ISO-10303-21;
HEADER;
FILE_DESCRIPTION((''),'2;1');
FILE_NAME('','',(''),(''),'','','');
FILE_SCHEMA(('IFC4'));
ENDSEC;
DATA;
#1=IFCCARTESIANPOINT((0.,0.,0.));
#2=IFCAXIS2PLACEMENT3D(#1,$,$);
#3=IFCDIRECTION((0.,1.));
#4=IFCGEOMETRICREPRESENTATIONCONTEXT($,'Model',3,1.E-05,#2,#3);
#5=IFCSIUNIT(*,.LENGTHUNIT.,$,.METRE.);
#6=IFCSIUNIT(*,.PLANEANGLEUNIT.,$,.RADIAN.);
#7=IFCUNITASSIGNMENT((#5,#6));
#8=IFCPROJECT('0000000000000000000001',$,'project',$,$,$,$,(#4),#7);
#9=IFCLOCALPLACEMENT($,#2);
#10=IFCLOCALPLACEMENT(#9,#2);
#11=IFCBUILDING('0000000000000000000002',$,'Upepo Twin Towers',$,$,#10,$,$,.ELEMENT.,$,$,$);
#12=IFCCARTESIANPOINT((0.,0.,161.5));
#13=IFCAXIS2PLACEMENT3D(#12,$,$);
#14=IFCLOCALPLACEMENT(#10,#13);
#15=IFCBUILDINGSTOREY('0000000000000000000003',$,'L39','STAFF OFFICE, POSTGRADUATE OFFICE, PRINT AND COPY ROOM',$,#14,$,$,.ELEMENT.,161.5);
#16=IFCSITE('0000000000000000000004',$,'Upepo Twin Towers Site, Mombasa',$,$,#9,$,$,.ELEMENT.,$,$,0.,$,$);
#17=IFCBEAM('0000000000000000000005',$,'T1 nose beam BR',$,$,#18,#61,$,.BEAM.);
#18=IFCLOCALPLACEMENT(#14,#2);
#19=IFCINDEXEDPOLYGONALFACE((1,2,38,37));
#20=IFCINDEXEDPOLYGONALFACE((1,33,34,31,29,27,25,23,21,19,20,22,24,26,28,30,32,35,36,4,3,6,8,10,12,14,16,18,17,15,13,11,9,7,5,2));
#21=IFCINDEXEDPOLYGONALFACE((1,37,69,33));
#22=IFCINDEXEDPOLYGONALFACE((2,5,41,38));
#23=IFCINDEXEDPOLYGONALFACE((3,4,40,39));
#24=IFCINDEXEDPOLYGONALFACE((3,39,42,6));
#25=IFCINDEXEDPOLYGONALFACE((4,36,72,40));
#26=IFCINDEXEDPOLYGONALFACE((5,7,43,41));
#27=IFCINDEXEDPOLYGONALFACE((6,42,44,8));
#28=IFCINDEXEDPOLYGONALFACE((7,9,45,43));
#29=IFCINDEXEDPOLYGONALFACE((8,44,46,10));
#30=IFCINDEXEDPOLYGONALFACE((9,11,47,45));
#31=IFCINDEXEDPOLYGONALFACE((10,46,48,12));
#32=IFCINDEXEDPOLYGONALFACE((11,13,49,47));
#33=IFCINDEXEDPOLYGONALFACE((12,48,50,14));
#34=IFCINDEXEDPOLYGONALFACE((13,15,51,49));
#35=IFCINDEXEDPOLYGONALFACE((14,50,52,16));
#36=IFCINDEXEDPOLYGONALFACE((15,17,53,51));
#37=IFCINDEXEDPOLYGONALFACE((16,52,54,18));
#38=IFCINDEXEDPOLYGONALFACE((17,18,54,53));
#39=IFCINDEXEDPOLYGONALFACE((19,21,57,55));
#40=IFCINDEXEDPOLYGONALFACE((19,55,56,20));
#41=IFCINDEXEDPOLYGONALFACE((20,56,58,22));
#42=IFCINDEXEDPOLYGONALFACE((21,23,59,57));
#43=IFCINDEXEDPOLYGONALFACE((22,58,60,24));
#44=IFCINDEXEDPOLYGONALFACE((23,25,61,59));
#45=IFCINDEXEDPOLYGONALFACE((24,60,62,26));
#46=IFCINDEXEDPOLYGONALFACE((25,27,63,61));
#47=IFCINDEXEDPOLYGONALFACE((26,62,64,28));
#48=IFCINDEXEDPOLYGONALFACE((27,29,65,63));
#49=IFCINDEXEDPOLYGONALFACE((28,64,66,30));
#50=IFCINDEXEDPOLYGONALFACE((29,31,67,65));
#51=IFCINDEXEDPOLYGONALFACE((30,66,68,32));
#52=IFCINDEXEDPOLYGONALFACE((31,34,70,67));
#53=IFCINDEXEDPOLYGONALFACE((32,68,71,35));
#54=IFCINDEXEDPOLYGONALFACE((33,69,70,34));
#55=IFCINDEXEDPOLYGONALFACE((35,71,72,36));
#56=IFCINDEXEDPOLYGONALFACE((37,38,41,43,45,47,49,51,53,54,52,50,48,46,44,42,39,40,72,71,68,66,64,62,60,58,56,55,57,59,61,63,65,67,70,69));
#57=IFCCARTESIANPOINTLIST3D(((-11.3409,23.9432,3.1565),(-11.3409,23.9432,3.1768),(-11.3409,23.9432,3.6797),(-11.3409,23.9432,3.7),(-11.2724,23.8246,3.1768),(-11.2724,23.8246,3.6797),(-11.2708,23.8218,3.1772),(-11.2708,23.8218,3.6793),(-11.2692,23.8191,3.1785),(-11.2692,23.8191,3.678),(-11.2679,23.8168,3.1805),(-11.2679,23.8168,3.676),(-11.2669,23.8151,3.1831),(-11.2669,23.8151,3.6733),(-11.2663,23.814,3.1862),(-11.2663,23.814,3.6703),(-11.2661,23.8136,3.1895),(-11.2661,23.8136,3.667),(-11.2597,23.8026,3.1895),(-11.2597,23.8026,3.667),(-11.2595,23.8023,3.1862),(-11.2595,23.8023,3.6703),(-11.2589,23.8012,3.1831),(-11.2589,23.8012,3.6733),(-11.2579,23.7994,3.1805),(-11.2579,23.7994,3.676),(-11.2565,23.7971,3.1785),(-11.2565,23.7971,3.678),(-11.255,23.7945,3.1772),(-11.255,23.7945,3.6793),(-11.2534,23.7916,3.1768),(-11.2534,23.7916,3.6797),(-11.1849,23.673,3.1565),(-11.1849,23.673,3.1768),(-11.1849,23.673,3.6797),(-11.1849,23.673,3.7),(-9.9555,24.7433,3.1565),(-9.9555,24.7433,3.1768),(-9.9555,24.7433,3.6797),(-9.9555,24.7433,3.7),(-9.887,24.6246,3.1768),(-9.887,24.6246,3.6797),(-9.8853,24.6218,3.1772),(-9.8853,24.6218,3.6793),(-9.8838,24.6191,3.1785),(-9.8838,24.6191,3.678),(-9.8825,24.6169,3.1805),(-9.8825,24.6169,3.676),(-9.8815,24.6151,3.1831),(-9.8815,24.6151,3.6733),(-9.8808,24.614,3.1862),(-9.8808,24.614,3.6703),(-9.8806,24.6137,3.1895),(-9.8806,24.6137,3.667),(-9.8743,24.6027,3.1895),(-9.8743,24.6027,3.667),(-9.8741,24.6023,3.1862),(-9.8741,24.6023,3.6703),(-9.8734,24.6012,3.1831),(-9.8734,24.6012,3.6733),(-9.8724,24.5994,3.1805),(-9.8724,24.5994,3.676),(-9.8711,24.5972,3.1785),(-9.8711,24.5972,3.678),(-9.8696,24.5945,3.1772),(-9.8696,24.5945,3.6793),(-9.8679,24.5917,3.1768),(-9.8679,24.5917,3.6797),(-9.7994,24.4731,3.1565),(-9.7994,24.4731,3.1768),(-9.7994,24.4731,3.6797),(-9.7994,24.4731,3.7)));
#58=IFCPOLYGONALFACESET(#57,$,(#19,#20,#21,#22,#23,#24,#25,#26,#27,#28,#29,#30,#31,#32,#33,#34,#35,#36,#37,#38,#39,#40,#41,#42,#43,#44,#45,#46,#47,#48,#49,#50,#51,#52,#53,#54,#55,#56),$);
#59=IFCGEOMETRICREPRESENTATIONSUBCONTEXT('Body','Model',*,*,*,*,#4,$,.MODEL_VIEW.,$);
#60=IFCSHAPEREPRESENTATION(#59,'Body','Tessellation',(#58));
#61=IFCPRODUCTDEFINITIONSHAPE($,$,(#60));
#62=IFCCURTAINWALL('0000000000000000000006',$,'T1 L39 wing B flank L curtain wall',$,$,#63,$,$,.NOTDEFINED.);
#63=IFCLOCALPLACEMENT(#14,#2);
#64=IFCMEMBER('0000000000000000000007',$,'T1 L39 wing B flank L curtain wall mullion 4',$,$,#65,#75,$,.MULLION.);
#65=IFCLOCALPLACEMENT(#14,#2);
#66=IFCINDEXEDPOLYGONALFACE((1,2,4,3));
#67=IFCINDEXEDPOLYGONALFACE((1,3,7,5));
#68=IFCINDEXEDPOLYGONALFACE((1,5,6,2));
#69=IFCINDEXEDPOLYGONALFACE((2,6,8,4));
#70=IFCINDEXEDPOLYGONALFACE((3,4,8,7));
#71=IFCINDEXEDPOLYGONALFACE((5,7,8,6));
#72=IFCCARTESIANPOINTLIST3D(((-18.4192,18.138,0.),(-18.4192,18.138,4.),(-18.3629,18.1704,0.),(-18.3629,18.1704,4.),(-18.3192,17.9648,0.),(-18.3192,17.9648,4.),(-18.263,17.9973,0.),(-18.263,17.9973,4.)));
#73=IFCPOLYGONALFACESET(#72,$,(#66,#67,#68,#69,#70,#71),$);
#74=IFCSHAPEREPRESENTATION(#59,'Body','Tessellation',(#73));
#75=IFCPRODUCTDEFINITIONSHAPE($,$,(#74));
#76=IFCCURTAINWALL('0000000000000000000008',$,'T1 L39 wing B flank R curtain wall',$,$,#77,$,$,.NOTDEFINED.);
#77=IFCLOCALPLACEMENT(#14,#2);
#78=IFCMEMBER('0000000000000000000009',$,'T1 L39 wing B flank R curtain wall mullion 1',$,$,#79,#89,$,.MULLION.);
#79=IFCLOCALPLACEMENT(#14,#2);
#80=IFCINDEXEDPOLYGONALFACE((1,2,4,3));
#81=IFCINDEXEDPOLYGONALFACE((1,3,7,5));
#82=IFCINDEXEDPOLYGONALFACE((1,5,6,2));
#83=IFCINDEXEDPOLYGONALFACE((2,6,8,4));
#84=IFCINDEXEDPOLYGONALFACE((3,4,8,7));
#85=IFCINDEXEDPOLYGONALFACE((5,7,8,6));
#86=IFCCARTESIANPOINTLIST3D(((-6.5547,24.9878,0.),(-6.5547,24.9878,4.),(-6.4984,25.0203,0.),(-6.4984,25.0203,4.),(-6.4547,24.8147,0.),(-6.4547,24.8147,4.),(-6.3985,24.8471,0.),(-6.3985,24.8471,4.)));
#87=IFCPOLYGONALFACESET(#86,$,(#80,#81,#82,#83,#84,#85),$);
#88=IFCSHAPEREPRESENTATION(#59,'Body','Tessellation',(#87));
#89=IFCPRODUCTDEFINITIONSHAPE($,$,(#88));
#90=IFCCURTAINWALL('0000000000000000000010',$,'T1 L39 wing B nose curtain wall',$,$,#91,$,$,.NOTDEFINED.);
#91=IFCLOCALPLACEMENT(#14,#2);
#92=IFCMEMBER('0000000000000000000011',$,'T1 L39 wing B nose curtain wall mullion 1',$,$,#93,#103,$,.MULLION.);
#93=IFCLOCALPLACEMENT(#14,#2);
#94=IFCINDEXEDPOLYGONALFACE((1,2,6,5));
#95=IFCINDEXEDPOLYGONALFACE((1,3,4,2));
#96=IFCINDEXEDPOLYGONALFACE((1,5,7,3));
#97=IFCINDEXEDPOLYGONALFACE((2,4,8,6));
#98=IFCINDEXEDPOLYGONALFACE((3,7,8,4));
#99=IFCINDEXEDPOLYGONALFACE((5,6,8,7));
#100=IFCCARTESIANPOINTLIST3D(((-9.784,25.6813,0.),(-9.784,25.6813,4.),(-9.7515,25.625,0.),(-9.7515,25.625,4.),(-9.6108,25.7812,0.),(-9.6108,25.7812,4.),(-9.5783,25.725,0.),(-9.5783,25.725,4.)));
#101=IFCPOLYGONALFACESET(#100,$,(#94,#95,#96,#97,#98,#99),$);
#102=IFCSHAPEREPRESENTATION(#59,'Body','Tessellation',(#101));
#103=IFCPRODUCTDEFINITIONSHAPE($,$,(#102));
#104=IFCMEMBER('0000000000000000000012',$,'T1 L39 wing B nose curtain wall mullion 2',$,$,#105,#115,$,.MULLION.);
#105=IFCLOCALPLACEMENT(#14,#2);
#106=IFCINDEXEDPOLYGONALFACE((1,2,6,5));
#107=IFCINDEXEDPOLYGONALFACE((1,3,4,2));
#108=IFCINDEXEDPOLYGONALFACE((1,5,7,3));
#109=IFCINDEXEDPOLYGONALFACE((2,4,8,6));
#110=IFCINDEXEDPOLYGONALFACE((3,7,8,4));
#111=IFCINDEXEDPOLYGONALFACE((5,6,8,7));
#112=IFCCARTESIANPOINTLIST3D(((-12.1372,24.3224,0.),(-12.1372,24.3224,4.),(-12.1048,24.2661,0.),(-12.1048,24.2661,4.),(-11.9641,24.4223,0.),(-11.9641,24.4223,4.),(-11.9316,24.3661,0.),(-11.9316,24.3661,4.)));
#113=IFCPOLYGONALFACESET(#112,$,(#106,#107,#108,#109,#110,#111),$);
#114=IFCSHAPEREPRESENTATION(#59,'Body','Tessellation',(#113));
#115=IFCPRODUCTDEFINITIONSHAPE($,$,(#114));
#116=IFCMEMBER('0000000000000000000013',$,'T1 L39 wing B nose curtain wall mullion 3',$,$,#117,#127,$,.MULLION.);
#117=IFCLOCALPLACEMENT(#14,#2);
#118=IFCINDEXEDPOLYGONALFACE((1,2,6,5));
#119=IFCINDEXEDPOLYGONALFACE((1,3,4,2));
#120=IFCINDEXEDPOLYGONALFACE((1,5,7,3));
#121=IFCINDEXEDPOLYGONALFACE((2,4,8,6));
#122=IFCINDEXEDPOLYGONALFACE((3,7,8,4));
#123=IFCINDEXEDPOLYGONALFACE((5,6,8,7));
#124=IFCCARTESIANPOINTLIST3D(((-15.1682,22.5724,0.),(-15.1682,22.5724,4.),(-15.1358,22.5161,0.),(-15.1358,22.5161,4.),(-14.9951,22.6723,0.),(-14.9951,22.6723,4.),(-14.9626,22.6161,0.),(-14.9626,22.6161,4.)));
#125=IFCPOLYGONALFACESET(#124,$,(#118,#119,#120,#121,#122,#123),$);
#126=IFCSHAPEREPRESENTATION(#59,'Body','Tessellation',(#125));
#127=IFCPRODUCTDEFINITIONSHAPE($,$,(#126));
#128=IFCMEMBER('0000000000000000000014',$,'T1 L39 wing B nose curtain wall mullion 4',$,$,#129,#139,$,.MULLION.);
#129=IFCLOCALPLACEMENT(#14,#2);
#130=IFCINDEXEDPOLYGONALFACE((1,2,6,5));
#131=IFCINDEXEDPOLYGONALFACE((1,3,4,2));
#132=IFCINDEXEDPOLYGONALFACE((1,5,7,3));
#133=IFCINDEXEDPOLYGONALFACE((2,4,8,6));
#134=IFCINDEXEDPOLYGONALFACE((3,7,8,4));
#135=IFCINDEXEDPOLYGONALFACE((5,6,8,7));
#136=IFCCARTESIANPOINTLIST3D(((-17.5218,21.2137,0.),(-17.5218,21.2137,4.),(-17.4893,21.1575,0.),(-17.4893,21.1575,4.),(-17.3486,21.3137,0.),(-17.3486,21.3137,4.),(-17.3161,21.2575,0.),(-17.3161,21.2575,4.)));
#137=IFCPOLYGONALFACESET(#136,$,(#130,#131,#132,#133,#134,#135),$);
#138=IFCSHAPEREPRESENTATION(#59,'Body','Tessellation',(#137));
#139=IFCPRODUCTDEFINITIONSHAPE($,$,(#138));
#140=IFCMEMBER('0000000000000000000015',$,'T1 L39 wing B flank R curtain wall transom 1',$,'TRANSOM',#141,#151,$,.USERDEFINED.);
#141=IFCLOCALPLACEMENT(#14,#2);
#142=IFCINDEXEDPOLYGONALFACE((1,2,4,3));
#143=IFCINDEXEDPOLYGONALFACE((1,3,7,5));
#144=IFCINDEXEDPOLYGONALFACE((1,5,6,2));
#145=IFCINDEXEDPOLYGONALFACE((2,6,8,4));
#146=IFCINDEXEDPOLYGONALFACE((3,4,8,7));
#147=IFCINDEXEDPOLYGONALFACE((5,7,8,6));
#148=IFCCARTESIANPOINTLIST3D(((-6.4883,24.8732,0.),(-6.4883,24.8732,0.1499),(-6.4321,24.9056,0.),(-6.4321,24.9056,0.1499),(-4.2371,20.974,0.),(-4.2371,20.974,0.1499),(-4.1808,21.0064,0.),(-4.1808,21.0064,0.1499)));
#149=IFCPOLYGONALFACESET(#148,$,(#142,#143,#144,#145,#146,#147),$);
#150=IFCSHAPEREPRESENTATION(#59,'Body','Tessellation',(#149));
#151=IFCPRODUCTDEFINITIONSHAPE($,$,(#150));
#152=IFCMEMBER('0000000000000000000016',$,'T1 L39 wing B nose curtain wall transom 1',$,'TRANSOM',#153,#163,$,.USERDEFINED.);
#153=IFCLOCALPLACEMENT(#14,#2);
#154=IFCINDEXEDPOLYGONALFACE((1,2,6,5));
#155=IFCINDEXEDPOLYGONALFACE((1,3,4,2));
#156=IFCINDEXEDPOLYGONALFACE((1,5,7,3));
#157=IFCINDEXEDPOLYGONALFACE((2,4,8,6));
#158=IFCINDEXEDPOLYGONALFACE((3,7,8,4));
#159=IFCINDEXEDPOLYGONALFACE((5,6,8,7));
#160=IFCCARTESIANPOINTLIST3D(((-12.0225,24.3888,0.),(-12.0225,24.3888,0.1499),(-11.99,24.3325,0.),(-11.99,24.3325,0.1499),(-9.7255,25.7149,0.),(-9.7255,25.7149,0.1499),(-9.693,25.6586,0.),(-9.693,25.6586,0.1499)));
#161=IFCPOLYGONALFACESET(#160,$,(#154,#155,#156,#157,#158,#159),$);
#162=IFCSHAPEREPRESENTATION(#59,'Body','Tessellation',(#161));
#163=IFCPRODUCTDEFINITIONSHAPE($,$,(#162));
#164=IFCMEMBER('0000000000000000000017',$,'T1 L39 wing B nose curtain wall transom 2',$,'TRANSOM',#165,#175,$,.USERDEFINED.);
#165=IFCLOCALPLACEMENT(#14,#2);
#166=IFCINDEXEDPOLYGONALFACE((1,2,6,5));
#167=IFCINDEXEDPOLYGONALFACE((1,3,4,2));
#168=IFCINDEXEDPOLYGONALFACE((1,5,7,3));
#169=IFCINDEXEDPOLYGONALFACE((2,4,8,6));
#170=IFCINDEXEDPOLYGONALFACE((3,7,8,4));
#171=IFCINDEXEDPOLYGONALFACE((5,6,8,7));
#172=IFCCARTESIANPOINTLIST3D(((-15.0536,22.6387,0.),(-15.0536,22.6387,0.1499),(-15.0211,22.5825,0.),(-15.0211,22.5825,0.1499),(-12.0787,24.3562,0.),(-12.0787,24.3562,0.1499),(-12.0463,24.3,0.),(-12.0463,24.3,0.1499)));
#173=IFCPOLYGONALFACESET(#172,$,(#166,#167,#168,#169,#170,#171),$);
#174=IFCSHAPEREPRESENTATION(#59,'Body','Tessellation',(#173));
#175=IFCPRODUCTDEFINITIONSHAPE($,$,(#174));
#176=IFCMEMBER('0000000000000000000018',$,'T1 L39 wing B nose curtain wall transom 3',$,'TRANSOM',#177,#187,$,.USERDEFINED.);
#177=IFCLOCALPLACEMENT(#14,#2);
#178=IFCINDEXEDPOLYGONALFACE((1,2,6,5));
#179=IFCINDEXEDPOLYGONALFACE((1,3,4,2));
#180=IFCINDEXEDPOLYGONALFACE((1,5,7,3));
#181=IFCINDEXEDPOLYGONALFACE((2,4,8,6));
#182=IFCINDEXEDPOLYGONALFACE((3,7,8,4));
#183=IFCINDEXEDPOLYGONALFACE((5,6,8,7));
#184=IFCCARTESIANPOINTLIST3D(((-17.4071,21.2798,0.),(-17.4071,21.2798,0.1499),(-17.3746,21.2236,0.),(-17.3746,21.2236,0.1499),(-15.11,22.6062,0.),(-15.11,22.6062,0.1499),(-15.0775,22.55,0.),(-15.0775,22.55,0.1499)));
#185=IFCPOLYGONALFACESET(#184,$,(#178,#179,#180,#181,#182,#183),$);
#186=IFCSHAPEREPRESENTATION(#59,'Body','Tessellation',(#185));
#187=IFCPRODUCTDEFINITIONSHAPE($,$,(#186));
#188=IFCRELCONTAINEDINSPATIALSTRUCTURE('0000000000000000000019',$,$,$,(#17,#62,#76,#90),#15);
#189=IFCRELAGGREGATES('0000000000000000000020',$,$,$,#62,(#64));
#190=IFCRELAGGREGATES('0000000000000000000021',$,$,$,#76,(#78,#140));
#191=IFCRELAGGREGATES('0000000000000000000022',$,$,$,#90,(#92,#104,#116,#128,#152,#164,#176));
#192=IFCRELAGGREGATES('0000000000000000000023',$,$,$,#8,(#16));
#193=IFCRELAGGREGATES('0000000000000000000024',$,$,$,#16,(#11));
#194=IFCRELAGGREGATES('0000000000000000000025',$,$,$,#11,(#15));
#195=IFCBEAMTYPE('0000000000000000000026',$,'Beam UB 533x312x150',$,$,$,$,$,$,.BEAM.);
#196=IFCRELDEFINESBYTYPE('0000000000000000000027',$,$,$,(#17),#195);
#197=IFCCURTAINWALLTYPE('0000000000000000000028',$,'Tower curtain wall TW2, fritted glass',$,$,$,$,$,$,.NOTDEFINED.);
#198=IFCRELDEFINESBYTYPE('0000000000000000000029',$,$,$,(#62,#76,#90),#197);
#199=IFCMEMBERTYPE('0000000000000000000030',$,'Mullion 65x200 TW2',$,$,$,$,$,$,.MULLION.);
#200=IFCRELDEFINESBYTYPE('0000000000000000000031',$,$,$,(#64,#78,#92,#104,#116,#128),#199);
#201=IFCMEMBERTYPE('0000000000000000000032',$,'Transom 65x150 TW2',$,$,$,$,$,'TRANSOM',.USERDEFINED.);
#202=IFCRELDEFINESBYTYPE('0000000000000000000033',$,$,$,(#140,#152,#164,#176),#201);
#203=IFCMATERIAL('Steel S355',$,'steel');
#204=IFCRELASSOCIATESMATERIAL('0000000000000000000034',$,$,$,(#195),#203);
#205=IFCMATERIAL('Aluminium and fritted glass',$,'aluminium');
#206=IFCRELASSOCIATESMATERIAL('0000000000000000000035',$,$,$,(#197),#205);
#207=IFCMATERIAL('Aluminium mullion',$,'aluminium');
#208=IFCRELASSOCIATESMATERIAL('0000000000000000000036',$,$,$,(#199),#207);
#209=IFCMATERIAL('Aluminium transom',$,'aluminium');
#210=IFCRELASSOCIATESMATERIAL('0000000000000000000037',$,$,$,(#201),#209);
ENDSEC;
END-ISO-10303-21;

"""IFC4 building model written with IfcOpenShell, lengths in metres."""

from ifc_helpers import new_model, si_unit, direction, frame, origin, origin_2d, place, context, subcontext, project, spatial, rectangle, i_section, extrude, material, material_profile, profile_set, type_object, element, aggregate, save


model = new_model("IFC4")

# Units and contexts
model_context = context("Model", 3, precision=1e-05, world=origin(), true_north=direction((0.0, 1.0)))
body_context = subcontext(model_context, "Body", "Model", "MODEL_VIEW")
ifc_project = project(units=[si_unit("LENGTHUNIT", "METRE"), si_unit("PLANEANGLEUNIT", "RADIAN")], contexts=[model_context])

# Site, building, storey
site_placement = place(None, origin())
site = spatial("IfcSite", under=ifc_project, at=site_placement, Name="Upepo Twin Towers Site, Mombasa", CompositionType="ELEMENT", RefElevation=0.0)
building_placement = place(site_placement, origin())
building = spatial("IfcBuilding", under=site, at=building_placement, Name="Upepo Twin Towers", CompositionType="ELEMENT")
storey_placement = place(building_placement, frame((0.0, 0.0, 161.5)))
storey = spatial("IfcBuildingStorey", under=building, at=storey_placement, Name="L39", Description="STAFF OFFICE, POSTGRADUATE OFFICE, PRINT AND COPY ROOM", CompositionType="ELEMENT", Elevation=161.5)

# Beam
ifc_material_1 = material(Name="Steel S355", Category="steel")
ifc_material_profile_1 = material_profile(ifc_material_1, i_section(OverallWidth=0.312, OverallDepth=0.5435, WebThickness=0.0127, FlangeThickness=0.0203, FilletRadius=0.0127, at=origin_2d()), Name="UB 533x312x150")
ifc_profile_set_1 = profile_set([ifc_material_profile_1], Name="Steel S355")
beam_type_1 = type_object("IfcBeamType", Name="Beam UB 533x312x150", PredefinedType="BEAM", material=ifc_profile_set_1)
for number, where, z_axis, x_axis, name in (
    (1, (-9.8774, 24.6082, 3.4282), (-0.86599, -0.500061, 0.0), (0.500061, -0.86599, 0.0), "T1 nose beam BR"),
):
    element("IfcBeam", number, at=place(storey_placement, frame(where, z_axis=z_axis, x_axis=x_axis)), inside=storey, type_object=beam_type_1, Name=name, PredefinedType="BEAM", context=body_context, shape_type="SweptSolid", body=[
        extrude(i_section(OverallWidth=0.312, OverallDepth=0.5435, WebThickness=0.0127, FlangeThickness=0.0203, FilletRadius=0.0127, at=origin_2d()), origin(), (0.0, 0.0, 1.0), 1.5999),
    ])

# Curtain walls, members
ifc_material_2 = material(Name="Aluminium and fritted glass", Category="aluminium")
curtain_wall_type = type_object("IfcCurtainWallType", Name="Tower curtain wall TW2, fritted glass", PredefinedType="NOTDEFINED", material=ifc_material_2)
curtain_wall_1_placement = place(storey_placement, origin())
curtain_wall_1 = element("IfcCurtainWall", 2, at=curtain_wall_1_placement, inside=storey, type_object=curtain_wall_type, Name="T1 L39 wing B flank L curtain wall", PredefinedType="NOTDEFINED")
ifc_material_3 = material(Name="Aluminium mullion", Category="aluminium")
ifc_material_profile_2 = material_profile(ifc_material_3, rectangle(XDim=0.0649, YDim=0.2, at=origin_2d()), Name="MULLION 65x200")
ifc_profile_set_2 = profile_set([ifc_material_profile_2], Name="Aluminium mullion")
member_type_1 = type_object("IfcMemberType", Name="Mullion 65x200 TW2", PredefinedType="MULLION", material=ifc_profile_set_2)
member_1_placement = place(storey_placement, frame((-18.3411, 18.0676, 0.0), z_axis=(0.0, 0.0, 1.0), x_axis=(-0.866025, -0.5, 0.0)))
member_1 = element("IfcMember", 3, at=member_1_placement, type_object=member_type_1, Name="T1 L39 wing B flank L curtain wall mullion 4", PredefinedType="MULLION", context=body_context, shape_type="SweptSolid", body=[
    extrude(rectangle(XDim=0.0649, YDim=0.2, at=origin_2d()), origin(), (0.0, 0.0, 1.0), 4.0),
])
aggregate(curtain_wall_1, [member_1])
curtain_wall_2_placement = place(storey_placement, origin())
curtain_wall_2 = element("IfcCurtainWall", 4, at=curtain_wall_2_placement, inside=storey, type_object=curtain_wall_type, Name="T1 L39 wing B flank R curtain wall", PredefinedType="NOTDEFINED")
member_2_placement = place(storey_placement, frame((-6.4766, 24.9175, 0.0), z_axis=(0.0, 0.0, 1.0), x_axis=(0.866025, 0.5, 0.0)))
member_2 = element("IfcMember", 5, at=member_2_placement, type_object=member_type_1, Name="T1 L39 wing B flank R curtain wall mullion 1", PredefinedType="MULLION", context=body_context, shape_type="SweptSolid", body=[
    extrude(rectangle(XDim=0.0649, YDim=0.2, at=origin_2d()), origin(), (0.0, 0.0, 1.0), 4.0),
])

# Curtain wall, members
curtain_wall_3_placement = place(storey_placement, origin())
curtain_wall_3 = element("IfcCurtainWall", 6, at=curtain_wall_3_placement, inside=storey, type_object=curtain_wall_type, Name="T1 L39 wing B nose curtain wall", PredefinedType="NOTDEFINED")
member_3_placement = place(storey_placement, frame((-9.6812, 25.7031, 0.0), z_axis=(0.0, 0.0, 1.0), x_axis=(0.5, -0.866025, 0.0)))
member_3 = element("IfcMember", 7, at=member_3_placement, type_object=member_type_1, Name="T1 L39 wing B nose curtain wall mullion 1", PredefinedType="MULLION", context=body_context, shape_type="SweptSolid", body=[
    extrude(rectangle(XDim=0.0649, YDim=0.2, at=origin_2d()), origin(), (0.0, 0.0, 1.0), 4.0),
])
member_4_placement = place(storey_placement, frame((-12.0344, 24.3442, 0.0), z_axis=(0.0, 0.0, 1.0), x_axis=(0.5, -0.866025, 0.0)))
member_4 = element("IfcMember", 8, at=member_4_placement, type_object=member_type_1, Name="T1 L39 wing B nose curtain wall mullion 2", PredefinedType="MULLION", context=body_context, shape_type="SweptSolid", body=[
    extrude(rectangle(XDim=0.0649, YDim=0.2, at=origin_2d()), origin(), (0.0, 0.0, 1.0), 4.0),
])
member_5_placement = place(storey_placement, frame((-15.0654, 22.5942, 0.0), z_axis=(0.0, 0.0, 1.0), x_axis=(0.5, -0.866025, 0.0)))
member_5 = element("IfcMember", 9, at=member_5_placement, type_object=member_type_1, Name="T1 L39 wing B nose curtain wall mullion 3", PredefinedType="MULLION", context=body_context, shape_type="SweptSolid", body=[
    extrude(rectangle(XDim=0.0649, YDim=0.2, at=origin_2d()), origin(), (0.0, 0.0, 1.0), 4.0),
])
member_6_placement = place(storey_placement, frame((-17.4189, 21.2356, 0.0), z_axis=(0.0, 0.0, 1.0), x_axis=(0.5, -0.866025, 0.0)))
member_6 = element("IfcMember", 10, at=member_6_placement, type_object=member_type_1, Name="T1 L39 wing B nose curtain wall mullion 4", PredefinedType="MULLION", context=body_context, shape_type="SweptSolid", body=[
    extrude(rectangle(XDim=0.0649, YDim=0.2, at=origin_2d()), origin(), (0.0, 0.0, 1.0), 4.0),
])

# Members
ifc_material_4 = material(Name="Aluminium transom", Category="aluminium")
ifc_material_profile_3 = material_profile(ifc_material_4, rectangle(XDim=0.0649, YDim=0.1499, at=origin_2d()), Name="TRANSOM 65x150")
ifc_profile_set_3 = profile_set([ifc_material_profile_3], Name="Aluminium transom")
member_type_2 = type_object("IfcMemberType", Name="Transom 65x150 TW2", ElementType="TRANSOM", PredefinedType="USERDEFINED", material=ifc_profile_set_3)
member_7_placement = place(storey_placement, frame((-6.4602, 24.8894, 0.075), z_axis=(0.500006, -0.866022, 0.0), x_axis=(0.866022, 0.500006, 0.0)))
member_7 = element("IfcMember", 11, at=member_7_placement, type_object=member_type_2, Name="T1 L39 wing B flank R curtain wall transom 1", ObjectType="TRANSOM", PredefinedType="USERDEFINED", context=body_context, shape_type="SweptSolid", body=[
    extrude(rectangle(XDim=0.0649, YDim=0.1499, at=origin_2d()), origin(), (0.0, 0.0, 1.0), 4.5024),
])
aggregate(curtain_wall_2, [member_2, member_7])
member_8_placement = place(storey_placement, frame((-9.7092, 25.6868, 0.075), z_axis=(-0.866037, -0.49998, 0.0), x_axis=(0.49998, -0.866037, 0.0)))
member_8 = element("IfcMember", 12, at=member_8_placement, type_object=member_type_2, Name="T1 L39 wing B nose curtain wall transom 1", ObjectType="TRANSOM", PredefinedType="USERDEFINED", context=body_context, shape_type="SweptSolid", body=[
    extrude(rectangle(XDim=0.0649, YDim=0.1499, at=origin_2d()), origin(), (0.0, 0.0, 1.0), 2.6523),
])
member_9_placement = place(storey_placement, frame((-12.0625, 24.3281, 0.075), z_axis=(-0.866026, -0.499999, 0.0), x_axis=(0.499999, -0.866026, 0.0)))
member_9 = element("IfcMember", 13, at=member_9_placement, type_object=member_type_2, Name="T1 L39 wing B nose curtain wall transom 2", ObjectType="TRANSOM", PredefinedType="USERDEFINED", context=body_context, shape_type="SweptSolid", body=[
    extrude(rectangle(XDim=0.0649, YDim=0.1499, at=origin_2d()), origin(), (0.0, 0.0, 1.0), 3.4351),
])
member_10_placement = place(storey_placement, frame((-15.0938, 22.5781, 0.075), z_axis=(-0.865997, -0.500049, 0.0), x_axis=(0.500049, -0.865997, 0.0)))
member_10 = element("IfcMember", 14, at=member_10_placement, type_object=member_type_2, Name="T1 L39 wing B nose curtain wall transom 3", ObjectType="TRANSOM", PredefinedType="USERDEFINED", context=body_context, shape_type="SweptSolid", body=[
    extrude(rectangle(XDim=0.0649, YDim=0.1499, at=origin_2d()), origin(), (0.0, 0.0, 1.0), 2.6526),
])

aggregate(curtain_wall_3, [member_3, member_4, member_5, member_6, member_8, member_9, member_10])

save(model, "model.ifc")
